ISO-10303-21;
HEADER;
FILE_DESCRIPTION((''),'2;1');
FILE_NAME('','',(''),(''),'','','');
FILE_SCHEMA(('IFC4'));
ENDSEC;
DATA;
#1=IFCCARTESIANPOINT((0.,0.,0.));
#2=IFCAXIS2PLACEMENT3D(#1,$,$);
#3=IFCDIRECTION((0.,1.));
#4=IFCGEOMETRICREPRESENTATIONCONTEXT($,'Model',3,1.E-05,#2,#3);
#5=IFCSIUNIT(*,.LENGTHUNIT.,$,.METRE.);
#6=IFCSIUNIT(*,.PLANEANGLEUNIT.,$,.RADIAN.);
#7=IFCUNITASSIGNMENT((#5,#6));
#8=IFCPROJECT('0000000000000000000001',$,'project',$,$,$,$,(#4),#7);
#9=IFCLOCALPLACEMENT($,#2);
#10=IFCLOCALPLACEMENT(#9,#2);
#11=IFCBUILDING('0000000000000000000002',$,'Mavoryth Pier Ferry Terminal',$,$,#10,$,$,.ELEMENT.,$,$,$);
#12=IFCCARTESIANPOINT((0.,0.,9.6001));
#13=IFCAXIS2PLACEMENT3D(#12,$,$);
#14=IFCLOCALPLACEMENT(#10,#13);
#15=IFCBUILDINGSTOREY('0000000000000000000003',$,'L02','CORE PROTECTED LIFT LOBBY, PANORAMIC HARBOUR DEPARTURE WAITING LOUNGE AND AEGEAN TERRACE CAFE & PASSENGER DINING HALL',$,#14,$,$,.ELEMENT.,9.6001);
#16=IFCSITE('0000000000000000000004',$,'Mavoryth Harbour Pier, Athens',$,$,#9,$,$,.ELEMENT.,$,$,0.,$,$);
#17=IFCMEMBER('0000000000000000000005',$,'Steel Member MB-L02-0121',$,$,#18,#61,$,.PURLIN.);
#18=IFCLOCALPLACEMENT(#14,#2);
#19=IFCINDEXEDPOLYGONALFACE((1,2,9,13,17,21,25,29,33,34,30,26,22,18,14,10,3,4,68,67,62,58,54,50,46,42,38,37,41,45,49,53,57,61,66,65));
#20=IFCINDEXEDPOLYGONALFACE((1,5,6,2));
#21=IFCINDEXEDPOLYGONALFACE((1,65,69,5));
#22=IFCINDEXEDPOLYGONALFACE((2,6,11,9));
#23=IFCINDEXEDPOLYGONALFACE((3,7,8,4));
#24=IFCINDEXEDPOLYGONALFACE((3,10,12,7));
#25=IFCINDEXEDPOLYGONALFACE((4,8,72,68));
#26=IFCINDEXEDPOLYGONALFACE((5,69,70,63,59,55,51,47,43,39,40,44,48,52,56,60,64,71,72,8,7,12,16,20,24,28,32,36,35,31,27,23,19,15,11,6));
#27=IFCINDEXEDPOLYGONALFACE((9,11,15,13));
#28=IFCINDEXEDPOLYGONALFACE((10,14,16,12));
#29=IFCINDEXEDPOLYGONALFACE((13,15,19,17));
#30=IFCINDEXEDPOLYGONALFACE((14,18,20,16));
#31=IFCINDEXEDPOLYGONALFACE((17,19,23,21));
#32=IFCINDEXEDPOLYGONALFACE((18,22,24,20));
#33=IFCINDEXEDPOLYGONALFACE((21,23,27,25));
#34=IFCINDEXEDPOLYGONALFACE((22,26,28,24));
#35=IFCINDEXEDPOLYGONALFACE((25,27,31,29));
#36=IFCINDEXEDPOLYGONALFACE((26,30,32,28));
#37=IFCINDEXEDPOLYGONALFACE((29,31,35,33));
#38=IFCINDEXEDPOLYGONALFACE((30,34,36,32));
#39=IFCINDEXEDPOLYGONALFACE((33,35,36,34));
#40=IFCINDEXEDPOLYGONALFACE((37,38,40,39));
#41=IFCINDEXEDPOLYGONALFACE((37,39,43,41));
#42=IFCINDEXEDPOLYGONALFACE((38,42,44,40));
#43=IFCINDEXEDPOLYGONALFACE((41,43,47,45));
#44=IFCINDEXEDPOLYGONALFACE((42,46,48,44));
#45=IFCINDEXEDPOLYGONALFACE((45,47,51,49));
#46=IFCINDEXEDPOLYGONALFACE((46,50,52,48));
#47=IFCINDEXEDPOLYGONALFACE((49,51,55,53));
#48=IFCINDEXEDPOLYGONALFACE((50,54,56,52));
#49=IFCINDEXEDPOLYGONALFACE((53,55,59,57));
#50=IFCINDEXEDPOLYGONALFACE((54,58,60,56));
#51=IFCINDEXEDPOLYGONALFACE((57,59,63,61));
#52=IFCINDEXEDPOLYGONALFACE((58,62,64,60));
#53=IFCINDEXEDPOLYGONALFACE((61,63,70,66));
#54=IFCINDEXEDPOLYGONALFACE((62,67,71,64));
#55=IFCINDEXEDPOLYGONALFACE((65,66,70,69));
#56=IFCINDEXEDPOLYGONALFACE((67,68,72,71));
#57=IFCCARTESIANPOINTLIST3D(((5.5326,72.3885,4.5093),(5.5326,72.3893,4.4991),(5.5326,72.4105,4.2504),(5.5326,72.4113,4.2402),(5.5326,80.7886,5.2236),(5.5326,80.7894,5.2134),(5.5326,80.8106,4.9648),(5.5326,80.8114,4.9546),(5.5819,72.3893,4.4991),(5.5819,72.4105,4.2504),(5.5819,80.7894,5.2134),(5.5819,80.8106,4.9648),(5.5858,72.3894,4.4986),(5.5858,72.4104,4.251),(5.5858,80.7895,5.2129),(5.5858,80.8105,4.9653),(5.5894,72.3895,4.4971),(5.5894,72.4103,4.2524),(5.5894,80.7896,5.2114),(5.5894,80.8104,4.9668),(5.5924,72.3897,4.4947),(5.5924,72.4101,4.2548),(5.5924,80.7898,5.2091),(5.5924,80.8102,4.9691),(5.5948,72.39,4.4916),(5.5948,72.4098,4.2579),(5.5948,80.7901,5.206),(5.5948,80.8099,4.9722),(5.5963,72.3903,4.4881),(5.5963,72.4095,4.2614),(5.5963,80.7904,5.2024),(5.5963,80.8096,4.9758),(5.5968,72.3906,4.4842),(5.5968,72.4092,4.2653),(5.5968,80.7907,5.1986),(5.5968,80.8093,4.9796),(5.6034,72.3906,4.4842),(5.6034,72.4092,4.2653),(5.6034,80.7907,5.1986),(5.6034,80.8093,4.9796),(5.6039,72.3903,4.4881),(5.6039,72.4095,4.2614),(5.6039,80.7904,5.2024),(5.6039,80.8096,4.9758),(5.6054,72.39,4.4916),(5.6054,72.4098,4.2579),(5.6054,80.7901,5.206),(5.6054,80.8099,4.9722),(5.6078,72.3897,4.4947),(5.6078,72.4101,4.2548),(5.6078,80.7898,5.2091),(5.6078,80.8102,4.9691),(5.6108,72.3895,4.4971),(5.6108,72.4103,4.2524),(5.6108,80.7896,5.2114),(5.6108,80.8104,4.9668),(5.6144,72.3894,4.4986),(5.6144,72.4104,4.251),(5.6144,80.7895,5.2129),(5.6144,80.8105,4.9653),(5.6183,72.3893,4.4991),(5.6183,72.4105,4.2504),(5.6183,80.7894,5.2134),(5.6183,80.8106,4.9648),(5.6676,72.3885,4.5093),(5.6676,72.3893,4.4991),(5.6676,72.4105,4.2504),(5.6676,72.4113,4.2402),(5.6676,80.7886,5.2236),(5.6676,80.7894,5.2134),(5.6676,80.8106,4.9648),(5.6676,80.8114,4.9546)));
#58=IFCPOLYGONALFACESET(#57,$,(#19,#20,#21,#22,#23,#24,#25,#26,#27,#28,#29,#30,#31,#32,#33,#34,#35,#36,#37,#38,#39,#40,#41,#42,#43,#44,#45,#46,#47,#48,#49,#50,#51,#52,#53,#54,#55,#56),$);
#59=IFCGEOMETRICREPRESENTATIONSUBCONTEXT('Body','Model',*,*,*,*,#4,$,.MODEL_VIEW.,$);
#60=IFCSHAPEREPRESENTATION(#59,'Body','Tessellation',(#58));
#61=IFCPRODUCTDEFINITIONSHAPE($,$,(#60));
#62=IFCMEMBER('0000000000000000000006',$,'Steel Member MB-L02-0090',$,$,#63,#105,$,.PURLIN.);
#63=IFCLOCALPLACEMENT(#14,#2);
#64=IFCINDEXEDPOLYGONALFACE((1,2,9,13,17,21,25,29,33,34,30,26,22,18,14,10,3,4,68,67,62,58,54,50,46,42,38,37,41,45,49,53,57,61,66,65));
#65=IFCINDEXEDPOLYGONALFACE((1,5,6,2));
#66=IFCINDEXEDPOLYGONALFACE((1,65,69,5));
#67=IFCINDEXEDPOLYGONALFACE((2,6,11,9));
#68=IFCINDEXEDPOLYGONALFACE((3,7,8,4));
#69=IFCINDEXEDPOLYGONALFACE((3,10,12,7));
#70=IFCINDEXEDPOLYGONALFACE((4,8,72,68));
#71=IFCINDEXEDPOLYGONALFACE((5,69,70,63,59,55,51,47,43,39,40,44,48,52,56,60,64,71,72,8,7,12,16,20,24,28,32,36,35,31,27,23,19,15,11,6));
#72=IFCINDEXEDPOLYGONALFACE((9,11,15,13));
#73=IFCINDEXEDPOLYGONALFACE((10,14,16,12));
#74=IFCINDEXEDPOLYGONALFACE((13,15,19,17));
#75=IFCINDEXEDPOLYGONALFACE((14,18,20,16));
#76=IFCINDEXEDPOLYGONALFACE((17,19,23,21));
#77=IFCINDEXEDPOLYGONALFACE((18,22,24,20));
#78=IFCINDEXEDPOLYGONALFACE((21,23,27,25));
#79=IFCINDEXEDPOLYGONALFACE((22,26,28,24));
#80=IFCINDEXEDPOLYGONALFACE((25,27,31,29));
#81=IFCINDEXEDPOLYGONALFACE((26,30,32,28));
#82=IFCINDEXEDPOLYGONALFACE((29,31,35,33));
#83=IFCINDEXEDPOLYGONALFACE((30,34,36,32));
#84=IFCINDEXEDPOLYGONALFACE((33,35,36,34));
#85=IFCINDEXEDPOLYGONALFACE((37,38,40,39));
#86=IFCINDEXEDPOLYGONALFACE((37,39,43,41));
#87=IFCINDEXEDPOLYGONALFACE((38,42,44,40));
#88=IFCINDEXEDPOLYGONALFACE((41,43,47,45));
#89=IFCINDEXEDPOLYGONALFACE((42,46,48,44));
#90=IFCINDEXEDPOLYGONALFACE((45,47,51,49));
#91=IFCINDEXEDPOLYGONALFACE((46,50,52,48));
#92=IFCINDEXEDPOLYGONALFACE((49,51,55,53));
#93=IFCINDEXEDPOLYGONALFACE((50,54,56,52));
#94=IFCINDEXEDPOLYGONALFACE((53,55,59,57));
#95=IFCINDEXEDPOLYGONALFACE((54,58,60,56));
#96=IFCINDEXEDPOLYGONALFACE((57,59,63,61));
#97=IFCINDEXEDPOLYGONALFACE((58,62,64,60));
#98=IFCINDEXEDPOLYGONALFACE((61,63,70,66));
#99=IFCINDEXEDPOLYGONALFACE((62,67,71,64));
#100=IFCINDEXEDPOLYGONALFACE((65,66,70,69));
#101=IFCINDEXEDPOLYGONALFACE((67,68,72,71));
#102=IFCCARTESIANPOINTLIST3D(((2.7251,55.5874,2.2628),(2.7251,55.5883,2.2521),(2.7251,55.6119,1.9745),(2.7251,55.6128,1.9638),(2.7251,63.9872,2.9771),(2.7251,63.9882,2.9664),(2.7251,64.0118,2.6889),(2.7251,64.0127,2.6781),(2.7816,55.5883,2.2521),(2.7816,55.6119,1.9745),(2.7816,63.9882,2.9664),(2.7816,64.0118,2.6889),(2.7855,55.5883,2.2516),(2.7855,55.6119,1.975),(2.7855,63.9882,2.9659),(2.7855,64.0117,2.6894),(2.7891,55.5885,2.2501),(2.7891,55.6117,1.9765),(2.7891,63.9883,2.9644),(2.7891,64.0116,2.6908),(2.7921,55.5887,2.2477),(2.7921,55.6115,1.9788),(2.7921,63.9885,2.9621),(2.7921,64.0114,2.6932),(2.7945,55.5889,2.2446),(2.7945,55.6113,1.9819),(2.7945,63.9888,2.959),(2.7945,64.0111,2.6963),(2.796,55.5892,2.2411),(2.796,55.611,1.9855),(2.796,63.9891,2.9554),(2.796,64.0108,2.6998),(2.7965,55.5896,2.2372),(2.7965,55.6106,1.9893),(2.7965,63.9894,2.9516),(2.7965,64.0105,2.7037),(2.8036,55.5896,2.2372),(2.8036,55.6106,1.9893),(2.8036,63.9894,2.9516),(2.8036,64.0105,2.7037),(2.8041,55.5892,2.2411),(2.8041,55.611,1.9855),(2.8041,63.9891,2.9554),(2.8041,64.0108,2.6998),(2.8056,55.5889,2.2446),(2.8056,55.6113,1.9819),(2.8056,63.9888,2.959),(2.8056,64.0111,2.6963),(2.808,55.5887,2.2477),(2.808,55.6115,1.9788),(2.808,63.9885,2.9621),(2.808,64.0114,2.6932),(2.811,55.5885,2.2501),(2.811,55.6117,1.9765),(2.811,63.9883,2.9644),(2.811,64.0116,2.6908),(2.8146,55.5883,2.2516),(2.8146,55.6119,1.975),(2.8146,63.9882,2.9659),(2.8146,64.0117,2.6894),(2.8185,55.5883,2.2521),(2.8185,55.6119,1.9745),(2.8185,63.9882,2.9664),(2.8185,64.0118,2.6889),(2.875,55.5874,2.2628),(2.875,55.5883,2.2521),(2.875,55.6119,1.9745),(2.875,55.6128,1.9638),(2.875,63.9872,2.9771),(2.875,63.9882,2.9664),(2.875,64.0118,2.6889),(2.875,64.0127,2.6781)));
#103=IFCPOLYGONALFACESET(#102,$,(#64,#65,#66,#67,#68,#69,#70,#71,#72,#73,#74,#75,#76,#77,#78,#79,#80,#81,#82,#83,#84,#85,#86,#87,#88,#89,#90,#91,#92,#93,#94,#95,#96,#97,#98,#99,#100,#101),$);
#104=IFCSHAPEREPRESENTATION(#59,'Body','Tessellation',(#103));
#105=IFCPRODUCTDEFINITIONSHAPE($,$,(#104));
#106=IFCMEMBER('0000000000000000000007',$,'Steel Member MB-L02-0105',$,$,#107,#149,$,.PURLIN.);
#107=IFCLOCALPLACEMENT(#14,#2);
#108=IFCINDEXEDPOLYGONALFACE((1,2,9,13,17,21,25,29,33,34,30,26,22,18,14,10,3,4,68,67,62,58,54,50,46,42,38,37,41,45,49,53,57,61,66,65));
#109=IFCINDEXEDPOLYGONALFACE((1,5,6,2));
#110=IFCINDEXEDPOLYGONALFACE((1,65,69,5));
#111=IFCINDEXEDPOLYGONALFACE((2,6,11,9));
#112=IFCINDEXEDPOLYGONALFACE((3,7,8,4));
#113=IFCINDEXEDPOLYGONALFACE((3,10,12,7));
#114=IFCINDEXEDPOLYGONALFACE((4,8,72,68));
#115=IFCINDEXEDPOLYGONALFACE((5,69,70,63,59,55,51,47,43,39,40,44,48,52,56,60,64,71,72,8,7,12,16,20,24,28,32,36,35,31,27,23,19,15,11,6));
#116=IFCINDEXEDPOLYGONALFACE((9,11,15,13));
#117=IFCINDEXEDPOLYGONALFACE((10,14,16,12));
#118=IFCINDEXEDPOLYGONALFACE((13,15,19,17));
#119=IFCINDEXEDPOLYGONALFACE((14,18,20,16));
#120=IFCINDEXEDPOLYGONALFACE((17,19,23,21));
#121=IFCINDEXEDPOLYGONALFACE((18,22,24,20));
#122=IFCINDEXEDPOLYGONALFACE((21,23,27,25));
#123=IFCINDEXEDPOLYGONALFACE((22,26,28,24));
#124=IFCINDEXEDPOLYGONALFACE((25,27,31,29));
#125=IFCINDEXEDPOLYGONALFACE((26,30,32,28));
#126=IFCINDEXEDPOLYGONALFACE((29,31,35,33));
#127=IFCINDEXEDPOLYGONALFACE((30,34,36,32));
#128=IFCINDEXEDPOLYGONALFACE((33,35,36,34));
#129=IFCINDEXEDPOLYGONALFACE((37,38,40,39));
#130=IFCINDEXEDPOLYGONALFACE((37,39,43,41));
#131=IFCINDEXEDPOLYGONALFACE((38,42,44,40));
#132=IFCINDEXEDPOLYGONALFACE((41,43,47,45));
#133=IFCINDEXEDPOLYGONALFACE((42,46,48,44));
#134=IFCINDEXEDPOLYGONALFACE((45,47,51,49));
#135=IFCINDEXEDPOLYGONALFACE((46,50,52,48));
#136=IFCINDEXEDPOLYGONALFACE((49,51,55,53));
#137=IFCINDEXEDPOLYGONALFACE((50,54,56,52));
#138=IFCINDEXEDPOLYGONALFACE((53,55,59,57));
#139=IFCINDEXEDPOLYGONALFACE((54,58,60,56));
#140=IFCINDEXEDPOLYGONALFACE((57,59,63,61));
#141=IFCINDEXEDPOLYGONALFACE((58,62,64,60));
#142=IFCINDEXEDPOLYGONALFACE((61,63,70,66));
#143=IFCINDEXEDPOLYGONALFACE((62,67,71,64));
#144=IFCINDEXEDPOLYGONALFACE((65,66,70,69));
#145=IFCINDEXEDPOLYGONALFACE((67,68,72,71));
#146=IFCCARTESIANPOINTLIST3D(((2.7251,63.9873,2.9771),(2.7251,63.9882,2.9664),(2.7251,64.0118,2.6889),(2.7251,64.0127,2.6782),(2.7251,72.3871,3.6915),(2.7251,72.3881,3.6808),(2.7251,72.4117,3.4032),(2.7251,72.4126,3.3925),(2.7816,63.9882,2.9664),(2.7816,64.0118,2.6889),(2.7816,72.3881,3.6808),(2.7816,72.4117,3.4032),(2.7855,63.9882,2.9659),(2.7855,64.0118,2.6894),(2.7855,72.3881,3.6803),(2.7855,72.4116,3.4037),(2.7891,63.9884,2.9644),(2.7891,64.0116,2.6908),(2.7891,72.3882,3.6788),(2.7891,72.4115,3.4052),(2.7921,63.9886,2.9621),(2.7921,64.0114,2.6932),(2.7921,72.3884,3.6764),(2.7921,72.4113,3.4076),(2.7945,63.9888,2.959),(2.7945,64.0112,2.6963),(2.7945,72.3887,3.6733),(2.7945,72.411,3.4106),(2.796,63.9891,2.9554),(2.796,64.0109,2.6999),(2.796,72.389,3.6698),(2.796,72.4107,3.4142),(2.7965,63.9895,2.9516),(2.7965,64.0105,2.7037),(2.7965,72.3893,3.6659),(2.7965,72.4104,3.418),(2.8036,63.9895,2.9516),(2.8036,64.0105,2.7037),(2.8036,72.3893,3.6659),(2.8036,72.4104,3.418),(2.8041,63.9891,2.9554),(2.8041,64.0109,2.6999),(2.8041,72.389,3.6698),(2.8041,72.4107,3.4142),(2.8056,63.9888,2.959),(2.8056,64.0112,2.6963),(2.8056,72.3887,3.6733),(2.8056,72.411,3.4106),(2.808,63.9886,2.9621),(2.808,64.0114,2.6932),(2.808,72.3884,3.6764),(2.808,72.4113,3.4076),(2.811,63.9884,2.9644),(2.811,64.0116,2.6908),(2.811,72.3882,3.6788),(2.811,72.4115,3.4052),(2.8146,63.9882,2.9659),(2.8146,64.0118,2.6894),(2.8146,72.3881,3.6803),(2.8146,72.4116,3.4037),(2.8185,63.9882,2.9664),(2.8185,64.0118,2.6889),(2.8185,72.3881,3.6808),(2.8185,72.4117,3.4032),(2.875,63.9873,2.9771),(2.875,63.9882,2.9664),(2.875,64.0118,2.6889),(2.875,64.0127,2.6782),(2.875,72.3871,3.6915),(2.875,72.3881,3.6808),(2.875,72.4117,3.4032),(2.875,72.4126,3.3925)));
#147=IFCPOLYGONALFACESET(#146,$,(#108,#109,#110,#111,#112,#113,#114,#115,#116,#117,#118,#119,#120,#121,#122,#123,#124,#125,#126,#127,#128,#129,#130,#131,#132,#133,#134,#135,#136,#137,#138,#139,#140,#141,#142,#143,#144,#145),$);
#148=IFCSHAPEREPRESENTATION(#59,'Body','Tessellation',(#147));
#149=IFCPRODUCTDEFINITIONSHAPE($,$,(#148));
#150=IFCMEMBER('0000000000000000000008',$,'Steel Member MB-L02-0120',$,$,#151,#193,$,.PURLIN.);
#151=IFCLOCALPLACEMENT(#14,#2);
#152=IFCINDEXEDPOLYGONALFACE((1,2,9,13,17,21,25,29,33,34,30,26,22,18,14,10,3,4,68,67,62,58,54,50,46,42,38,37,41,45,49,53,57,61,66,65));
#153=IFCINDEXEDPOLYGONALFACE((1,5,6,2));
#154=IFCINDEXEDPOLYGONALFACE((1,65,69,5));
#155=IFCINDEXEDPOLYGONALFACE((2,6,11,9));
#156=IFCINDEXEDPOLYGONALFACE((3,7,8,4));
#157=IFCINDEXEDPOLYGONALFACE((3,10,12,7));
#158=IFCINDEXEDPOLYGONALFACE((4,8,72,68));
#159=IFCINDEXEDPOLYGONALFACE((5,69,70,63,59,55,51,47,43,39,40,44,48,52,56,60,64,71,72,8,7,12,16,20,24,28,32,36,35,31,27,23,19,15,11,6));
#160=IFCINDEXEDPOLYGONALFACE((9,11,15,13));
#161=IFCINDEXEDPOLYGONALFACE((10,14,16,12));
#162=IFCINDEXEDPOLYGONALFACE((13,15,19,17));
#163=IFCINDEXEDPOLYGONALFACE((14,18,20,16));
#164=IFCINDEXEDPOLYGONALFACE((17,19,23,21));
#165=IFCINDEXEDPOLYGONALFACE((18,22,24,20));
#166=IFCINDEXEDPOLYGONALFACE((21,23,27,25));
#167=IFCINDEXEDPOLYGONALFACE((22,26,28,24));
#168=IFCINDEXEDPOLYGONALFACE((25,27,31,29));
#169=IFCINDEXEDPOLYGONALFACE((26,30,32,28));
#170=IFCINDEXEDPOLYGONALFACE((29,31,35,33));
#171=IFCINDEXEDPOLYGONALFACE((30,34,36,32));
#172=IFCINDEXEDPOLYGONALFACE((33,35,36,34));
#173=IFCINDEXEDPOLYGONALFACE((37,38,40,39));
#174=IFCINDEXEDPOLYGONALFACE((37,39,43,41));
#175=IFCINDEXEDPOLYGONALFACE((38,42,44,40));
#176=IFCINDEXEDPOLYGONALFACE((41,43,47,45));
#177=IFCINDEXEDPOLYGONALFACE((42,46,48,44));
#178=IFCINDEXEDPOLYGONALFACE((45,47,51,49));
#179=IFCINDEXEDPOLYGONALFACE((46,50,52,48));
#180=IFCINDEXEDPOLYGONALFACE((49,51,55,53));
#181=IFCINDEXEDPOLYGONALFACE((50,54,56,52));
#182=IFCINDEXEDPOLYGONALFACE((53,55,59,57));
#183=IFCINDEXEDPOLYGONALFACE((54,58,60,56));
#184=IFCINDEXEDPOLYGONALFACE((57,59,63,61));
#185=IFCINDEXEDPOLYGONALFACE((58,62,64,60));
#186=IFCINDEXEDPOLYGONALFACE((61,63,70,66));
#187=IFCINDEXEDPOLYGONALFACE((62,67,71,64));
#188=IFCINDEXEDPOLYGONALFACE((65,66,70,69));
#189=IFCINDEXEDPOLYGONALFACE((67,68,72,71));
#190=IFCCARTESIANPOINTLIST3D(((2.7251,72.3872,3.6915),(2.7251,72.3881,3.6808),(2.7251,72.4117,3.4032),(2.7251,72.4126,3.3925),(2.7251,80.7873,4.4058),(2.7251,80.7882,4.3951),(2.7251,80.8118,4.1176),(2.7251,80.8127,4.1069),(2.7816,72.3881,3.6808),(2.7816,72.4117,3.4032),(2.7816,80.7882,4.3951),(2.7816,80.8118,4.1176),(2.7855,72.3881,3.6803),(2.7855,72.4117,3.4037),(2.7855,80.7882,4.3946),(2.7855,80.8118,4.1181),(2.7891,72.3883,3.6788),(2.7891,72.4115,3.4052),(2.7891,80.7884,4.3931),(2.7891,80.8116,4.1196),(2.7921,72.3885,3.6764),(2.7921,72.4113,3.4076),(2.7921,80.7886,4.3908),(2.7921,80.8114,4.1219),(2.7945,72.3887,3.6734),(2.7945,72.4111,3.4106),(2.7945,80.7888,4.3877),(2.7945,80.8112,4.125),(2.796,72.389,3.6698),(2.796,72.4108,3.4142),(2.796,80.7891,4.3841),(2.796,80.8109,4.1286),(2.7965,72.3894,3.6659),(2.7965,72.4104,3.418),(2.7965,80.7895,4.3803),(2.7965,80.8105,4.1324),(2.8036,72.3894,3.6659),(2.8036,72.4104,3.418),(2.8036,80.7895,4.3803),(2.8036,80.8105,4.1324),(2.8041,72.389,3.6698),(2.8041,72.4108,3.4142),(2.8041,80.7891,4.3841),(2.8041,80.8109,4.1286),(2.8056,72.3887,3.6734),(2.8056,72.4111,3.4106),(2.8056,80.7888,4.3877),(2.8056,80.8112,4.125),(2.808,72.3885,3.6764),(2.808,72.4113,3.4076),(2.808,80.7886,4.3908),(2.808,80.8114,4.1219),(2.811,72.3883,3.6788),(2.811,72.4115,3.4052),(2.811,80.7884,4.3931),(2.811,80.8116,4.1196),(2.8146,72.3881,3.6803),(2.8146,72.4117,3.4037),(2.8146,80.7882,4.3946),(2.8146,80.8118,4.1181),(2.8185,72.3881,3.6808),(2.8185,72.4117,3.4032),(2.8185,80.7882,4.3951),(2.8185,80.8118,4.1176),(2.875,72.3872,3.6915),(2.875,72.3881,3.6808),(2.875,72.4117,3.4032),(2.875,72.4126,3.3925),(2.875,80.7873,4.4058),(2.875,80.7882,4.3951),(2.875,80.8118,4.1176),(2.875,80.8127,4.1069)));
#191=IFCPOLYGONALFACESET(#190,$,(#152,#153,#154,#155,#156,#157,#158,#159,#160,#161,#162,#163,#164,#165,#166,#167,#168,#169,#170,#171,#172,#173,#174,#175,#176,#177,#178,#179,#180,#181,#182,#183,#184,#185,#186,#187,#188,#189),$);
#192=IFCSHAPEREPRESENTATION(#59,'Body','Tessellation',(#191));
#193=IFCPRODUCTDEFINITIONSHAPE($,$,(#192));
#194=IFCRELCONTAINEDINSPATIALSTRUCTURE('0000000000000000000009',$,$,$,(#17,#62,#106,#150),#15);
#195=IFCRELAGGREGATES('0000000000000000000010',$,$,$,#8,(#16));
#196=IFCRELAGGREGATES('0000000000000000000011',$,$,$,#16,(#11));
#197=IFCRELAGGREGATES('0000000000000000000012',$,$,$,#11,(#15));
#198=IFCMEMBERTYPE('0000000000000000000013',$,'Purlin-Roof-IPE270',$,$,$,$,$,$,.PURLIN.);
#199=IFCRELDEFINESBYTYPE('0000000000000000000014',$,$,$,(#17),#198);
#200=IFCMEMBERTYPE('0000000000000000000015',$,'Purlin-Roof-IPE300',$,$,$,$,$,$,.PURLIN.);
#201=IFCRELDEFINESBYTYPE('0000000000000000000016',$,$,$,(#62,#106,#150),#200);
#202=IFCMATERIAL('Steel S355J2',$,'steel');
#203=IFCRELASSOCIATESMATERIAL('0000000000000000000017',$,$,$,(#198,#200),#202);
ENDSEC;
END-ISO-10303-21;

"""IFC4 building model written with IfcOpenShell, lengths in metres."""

from ifc_helpers import new_model, si_unit, direction, frame, origin, origin_2d, place, context, subcontext, project, spatial, i_section, extrude, material, material_profile, profile_set, type_object, element, save


model = new_model("IFC4")

# Units and contexts
model_context = context("Model", 3, precision=1e-05, world=origin(), true_north=direction((0.0, 1.0)))
body_context = subcontext(model_context, "Body", "Model", "MODEL_VIEW")
ifc_project = project(units=[si_unit("LENGTHUNIT", "METRE"), si_unit("PLANEANGLEUNIT", "RADIAN")], contexts=[model_context])

# Site, building, storey
site_placement = place(None, origin())
site = spatial("IfcSite", under=ifc_project, at=site_placement, Name="Mavoryth Harbour Pier, Athens", CompositionType="ELEMENT", RefElevation=0.0)
building_placement = place(site_placement, origin())
building = spatial("IfcBuilding", under=site, at=building_placement, Name="Mavoryth Pier Ferry Terminal", CompositionType="ELEMENT")
storey_placement = place(building_placement, frame((0.0, 0.0, 9.6001)))
storey = spatial("IfcBuildingStorey", under=building, at=storey_placement, Name="L02", Description="CORE PROTECTED LIFT LOBBY, PANORAMIC HARBOUR DEPARTURE WAITING LOUNGE AND AEGEAN TERRACE CAFE & PASSENGER DINING HALL", CompositionType="ELEMENT", Elevation=9.6001)

# Shared definitions
ifc_material_1 = material(Name="Steel S355J2", Category="steel")

# Members
ifc_material_profile_1 = material_profile(ifc_material_1, i_section(OverallWidth=0.135, OverallDepth=0.27, WebThickness=0.0066, FlangeThickness=0.0103, FilletRadius=0.0149, at=origin_2d()), Name="IPE 270", Category="steel")
ifc_profile_set_1 = profile_set([ifc_material_profile_1], Name="Steel S355J2 - IPE 270")
member_type_1 = type_object("IfcMemberType", Name="Purlin-Roof-IPE270", PredefinedType="PURLIN", material=ifc_profile_set_1)
member_1_placement = place(storey_placement, frame((5.6001, 72.3999, 4.3748), z_axis=(0.0, 0.996404, 0.084735), x_axis=(-1.0, 0.0, 0.0)))
element("IfcMember", 1, at=member_1_placement, inside=storey, type_object=member_type_1, Name="Steel Member MB-L02-0121", PredefinedType="PURLIN", context=body_context, shape_type="SweptSolid", body=[
    extrude(i_section(OverallWidth=0.135, OverallDepth=0.27, WebThickness=0.0066, FlangeThickness=0.0103, FilletRadius=0.0149, at=origin_2d()), origin(), (0.0, 0.0, 1.0), 8.4304),
])
ifc_material_profile_2 = material_profile(ifc_material_1, i_section(OverallWidth=0.1499, OverallDepth=0.3, WebThickness=0.0071, FlangeThickness=0.0107, FilletRadius=0.0149, at=origin_2d()), Name="IPE 300", Category="steel")
ifc_profile_set_2 = profile_set([ifc_material_profile_2], Name="Steel S355J2 - IPE 300")
member_type_2 = type_object("IfcMemberType", Name="Purlin-Roof-IPE300", PredefinedType="PURLIN", material=ifc_profile_set_2)
for number, where, z_axis, x_axis, name in (
    (2, (2.8, 55.6001, 2.1133), (0.0, 0.996403, 0.084737), (-1.0, 0.0, 0.0), "Steel Member MB-L02-0090"),
    (3, (2.8, 64.0, 2.8276), (0.0, 0.996403, 0.084737), (-1.0, 0.0, 0.0), "Steel Member MB-L02-0105"),
):
    element("IfcMember", number, at=place(storey_placement, frame(where, z_axis=z_axis, x_axis=x_axis)), inside=storey, type_object=member_type_2, Name=name, PredefinedType="PURLIN", context=body_context, shape_type="SweptSolid", body=[
        extrude(i_section(OverallWidth=0.1499, OverallDepth=0.3, WebThickness=0.0071, FlangeThickness=0.0107, FilletRadius=0.0149, at=origin_2d()), origin(), (0.0, 0.0, 1.0), 8.4302),
    ])
member_2_placement = place(storey_placement, frame((2.8, 72.3999, 3.542), z_axis=(0.0, 0.996404, 0.084735), x_axis=(-1.0, 0.0, 0.0)))
element("IfcMember", 4, at=member_2_placement, inside=storey, type_object=member_type_2, Name="Steel Member MB-L02-0120", PredefinedType="PURLIN", context=body_context, shape_type="SweptSolid", body=[
    extrude(i_section(OverallWidth=0.1499, OverallDepth=0.3, WebThickness=0.0071, FlangeThickness=0.0107, FilletRadius=0.0149, at=origin_2d()), origin(), (0.0, 0.0, 1.0), 8.4304),
])

save(model, "model.ifc")
